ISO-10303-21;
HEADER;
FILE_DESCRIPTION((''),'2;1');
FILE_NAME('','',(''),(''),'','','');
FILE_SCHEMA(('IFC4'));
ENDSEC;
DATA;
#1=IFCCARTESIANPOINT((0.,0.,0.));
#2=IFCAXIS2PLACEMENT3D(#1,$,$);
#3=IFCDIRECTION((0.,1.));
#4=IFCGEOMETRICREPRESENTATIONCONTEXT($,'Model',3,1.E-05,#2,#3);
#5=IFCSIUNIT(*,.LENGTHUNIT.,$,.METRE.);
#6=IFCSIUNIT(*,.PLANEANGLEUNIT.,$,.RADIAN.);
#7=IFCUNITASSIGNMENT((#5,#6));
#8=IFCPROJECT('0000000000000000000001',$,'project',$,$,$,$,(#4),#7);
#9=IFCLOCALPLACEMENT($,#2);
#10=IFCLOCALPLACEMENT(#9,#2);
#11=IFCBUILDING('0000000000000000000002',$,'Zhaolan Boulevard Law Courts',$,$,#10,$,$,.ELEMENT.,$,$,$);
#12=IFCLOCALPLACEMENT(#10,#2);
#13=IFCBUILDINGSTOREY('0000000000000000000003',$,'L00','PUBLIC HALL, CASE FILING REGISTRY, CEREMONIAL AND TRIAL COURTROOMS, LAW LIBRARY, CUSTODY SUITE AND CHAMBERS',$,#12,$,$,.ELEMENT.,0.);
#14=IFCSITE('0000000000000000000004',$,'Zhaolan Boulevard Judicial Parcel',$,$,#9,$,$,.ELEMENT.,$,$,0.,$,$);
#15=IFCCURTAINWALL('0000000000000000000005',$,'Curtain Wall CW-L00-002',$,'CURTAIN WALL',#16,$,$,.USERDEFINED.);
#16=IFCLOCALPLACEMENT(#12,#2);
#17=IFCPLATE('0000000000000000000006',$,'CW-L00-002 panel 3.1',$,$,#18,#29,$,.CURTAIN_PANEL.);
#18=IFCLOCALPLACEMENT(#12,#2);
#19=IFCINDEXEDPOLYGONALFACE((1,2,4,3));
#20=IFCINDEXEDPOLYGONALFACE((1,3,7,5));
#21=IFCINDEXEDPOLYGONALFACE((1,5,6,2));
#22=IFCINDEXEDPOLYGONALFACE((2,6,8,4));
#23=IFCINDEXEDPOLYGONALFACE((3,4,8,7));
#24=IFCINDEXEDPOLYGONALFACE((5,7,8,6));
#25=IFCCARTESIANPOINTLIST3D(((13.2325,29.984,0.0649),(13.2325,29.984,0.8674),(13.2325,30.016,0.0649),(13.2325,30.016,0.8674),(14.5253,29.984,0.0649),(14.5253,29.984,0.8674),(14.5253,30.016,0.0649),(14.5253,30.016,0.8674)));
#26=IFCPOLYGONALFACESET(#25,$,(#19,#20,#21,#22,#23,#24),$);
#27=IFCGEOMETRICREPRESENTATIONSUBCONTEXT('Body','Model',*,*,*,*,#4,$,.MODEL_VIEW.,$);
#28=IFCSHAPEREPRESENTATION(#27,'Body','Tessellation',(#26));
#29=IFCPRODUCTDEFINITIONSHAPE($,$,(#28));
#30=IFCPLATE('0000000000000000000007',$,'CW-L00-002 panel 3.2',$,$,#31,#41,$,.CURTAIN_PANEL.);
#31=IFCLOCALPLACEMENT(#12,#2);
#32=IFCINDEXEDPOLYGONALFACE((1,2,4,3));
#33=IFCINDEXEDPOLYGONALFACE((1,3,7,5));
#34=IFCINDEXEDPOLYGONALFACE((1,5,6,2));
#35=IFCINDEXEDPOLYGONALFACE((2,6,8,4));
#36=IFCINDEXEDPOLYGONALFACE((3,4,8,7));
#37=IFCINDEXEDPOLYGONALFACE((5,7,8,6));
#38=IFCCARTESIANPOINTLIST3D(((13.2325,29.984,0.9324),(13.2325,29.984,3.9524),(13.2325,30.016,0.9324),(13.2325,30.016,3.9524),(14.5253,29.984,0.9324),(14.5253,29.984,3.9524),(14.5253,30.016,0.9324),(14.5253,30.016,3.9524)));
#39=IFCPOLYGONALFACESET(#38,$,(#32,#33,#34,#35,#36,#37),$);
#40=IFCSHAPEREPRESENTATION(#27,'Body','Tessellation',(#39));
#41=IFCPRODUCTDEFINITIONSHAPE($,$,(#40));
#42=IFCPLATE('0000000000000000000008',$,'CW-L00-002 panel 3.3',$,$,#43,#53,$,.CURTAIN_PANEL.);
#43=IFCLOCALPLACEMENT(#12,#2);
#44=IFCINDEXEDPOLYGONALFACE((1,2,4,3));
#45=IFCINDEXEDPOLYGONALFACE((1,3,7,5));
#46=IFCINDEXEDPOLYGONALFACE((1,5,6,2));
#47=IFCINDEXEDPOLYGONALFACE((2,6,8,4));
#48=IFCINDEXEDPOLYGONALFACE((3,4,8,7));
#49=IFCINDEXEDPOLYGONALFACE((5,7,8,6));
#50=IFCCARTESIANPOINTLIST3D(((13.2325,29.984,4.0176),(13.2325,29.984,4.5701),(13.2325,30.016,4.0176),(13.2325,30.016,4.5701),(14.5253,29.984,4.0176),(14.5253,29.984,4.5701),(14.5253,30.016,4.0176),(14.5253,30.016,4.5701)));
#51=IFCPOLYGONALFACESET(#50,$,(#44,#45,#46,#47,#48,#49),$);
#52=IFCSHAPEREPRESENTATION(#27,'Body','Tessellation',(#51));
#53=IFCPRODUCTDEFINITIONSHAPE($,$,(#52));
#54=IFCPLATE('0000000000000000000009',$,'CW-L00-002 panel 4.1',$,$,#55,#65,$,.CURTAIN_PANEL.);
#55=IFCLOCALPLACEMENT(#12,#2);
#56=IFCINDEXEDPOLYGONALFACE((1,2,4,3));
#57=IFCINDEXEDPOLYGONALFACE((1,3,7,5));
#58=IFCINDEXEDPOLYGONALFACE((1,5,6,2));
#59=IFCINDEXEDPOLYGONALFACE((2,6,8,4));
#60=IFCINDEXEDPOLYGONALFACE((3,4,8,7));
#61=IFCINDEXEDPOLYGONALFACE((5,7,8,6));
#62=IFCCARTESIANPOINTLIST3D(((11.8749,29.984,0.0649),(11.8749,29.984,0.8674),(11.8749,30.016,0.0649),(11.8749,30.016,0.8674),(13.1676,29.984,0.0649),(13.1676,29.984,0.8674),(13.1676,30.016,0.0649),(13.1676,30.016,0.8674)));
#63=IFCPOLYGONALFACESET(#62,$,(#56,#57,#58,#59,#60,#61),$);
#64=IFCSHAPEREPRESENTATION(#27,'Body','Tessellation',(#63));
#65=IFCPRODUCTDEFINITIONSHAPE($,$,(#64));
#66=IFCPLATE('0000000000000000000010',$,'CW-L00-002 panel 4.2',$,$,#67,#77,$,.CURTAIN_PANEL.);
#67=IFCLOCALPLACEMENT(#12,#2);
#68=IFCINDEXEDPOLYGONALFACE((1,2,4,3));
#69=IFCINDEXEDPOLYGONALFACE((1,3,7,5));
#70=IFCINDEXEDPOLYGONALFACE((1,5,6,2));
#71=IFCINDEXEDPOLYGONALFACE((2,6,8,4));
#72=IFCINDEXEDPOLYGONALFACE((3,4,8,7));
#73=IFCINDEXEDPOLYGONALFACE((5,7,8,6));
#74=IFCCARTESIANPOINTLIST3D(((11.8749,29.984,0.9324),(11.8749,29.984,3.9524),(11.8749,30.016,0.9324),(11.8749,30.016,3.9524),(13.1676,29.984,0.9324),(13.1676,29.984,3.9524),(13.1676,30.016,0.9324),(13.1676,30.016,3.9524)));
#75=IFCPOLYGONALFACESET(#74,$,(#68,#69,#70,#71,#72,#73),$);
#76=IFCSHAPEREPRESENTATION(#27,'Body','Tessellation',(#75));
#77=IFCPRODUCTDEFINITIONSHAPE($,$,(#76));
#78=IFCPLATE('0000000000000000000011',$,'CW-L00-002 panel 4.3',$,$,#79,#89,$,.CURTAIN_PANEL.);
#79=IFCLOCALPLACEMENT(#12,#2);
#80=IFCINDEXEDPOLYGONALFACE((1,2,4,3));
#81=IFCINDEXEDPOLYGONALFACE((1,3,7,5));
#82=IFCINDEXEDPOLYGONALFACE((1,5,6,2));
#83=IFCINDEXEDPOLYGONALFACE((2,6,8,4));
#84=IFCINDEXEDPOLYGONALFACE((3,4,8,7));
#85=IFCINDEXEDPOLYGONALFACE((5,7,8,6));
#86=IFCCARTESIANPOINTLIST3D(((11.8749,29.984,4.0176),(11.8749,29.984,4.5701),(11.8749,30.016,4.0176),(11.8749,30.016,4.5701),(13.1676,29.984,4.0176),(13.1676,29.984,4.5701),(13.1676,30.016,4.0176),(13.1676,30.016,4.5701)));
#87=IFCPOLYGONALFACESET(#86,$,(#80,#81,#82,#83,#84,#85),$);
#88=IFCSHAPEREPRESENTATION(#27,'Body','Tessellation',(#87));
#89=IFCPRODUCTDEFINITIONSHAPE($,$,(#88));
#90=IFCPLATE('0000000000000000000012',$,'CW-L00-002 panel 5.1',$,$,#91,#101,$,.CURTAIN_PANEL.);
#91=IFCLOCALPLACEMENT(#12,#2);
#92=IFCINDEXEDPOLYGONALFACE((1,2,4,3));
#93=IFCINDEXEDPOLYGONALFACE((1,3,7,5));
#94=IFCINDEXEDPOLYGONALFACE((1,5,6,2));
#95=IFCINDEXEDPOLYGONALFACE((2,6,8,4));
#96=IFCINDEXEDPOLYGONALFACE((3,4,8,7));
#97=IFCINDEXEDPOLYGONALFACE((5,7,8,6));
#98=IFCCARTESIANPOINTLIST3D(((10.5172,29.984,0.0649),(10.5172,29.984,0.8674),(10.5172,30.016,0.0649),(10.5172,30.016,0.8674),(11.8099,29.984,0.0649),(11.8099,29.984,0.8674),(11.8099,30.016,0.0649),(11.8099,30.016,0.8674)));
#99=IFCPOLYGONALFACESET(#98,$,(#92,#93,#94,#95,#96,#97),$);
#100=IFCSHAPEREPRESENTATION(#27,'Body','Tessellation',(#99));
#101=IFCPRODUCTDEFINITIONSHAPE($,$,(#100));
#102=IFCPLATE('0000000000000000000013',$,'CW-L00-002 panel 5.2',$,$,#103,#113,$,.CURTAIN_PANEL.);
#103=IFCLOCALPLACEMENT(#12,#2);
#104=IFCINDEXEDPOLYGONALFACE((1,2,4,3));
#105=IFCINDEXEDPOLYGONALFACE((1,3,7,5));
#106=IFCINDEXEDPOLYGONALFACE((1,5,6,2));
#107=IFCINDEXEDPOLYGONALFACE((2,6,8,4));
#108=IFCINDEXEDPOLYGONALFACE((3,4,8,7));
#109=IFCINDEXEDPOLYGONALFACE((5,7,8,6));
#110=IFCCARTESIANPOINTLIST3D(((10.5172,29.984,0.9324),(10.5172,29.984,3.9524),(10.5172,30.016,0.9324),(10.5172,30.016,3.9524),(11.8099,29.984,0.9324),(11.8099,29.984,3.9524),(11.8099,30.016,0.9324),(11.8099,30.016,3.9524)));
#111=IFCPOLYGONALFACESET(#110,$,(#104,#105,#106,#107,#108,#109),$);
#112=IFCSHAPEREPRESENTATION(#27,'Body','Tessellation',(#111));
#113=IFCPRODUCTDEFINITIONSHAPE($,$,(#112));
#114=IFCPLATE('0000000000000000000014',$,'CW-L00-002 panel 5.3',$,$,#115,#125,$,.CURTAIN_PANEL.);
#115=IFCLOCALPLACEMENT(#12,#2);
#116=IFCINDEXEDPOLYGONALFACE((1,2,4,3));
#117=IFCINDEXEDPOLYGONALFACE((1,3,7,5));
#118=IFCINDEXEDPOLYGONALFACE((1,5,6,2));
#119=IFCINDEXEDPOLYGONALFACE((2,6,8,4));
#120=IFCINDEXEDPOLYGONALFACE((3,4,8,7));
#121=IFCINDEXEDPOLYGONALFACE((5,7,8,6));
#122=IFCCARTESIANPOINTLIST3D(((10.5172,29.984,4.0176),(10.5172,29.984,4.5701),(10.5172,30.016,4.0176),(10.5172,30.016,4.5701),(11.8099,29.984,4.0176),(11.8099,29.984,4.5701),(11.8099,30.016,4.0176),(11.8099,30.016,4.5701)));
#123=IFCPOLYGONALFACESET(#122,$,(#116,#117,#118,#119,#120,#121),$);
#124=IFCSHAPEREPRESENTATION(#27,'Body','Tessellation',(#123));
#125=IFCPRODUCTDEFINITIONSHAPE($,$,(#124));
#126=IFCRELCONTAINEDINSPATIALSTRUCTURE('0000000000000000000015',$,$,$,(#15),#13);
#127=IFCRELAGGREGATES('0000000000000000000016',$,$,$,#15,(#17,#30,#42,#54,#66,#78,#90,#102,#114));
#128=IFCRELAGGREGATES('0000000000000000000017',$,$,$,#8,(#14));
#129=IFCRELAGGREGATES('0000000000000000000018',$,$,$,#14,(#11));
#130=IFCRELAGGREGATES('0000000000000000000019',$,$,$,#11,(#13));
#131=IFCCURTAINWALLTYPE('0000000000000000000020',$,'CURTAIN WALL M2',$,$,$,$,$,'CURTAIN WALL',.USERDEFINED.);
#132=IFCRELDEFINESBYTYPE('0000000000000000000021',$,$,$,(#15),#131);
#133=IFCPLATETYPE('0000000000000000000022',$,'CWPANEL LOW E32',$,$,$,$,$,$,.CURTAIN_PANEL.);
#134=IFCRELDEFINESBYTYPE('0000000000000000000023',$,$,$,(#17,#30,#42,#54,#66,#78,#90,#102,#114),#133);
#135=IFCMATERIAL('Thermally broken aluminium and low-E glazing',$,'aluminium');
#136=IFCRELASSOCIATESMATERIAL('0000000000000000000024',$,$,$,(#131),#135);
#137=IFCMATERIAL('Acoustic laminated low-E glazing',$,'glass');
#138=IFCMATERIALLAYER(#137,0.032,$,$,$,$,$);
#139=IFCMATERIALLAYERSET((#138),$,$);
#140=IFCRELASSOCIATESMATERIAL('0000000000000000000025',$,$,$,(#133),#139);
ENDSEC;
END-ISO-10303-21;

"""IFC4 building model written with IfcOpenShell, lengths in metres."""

from ifc_helpers import new_model, si_unit, direction, frame, origin, origin_2d, place, context, subcontext, project, spatial, rectangle, extrude, material, layer, layer_set, type_object, element, aggregate, save


model = new_model("IFC4")

# Units and contexts
model_context = context("Model", 3, precision=1e-05, world=origin(), true_north=direction((0.0, 1.0)))
body_context = subcontext(model_context, "Body", "Model", "MODEL_VIEW")
ifc_project = project(units=[si_unit("LENGTHUNIT", "METRE"), si_unit("PLANEANGLEUNIT", "RADIAN")], contexts=[model_context])

# Site, building, storey
site_placement = place(None, origin())
site = spatial("IfcSite", under=ifc_project, at=site_placement, Name="Zhaolan Boulevard Judicial Parcel", CompositionType="ELEMENT", RefElevation=0.0)
building_placement = place(site_placement, origin())
building = spatial("IfcBuilding", under=site, at=building_placement, Name="Zhaolan Boulevard Law Courts", CompositionType="ELEMENT")
storey_placement = place(building_placement, origin())
storey = spatial("IfcBuildingStorey", under=building, at=storey_placement, Name="L00", Description="PUBLIC HALL, CASE FILING REGISTRY, CEREMONIAL AND TRIAL COURTROOMS, LAW LIBRARY, CUSTODY SUITE AND CHAMBERS", CompositionType="ELEMENT", Elevation=0.0)

# Curtain wall, plates
ifc_material_1 = material(Name="Thermally broken aluminium and low-E glazing", Category="aluminium")
curtain_wall_type = type_object("IfcCurtainWallType", Name="CURTAIN WALL M2", ElementType="CURTAIN WALL", PredefinedType="USERDEFINED", material=ifc_material_1)
curtain_wall_placement = place(storey_placement, origin())
curtain_wall = element("IfcCurtainWall", 1, at=curtain_wall_placement, inside=storey, type_object=curtain_wall_type, Name="Curtain Wall CW-L00-002", ObjectType="CURTAIN WALL", PredefinedType="USERDEFINED")
ifc_material_2 = material(Name="Acoustic laminated low-E glazing", Category="glass")
ifc_layer = layer(ifc_material_2, 0.032)
ifc_layer_set = layer_set([ifc_layer])
plate_type = type_object("IfcPlateType", Name="CWPANEL LOW E32", PredefinedType="CURTAIN_PANEL", material=ifc_layer_set)
plate_1_placement = place(storey_placement, frame((13.8789, 30.0, 0.0649), z_axis=(0.0, 0.0, 1.0), x_axis=(-1.0, 0.0, 0.0)))
plate_1 = element("IfcPlate", 2, at=plate_1_placement, type_object=plate_type, Name="CW-L00-002 panel 3.1", PredefinedType="CURTAIN_PANEL", context=body_context, shape_type="SweptSolid", body=[
    extrude(rectangle(XDim=1.2927, YDim=0.032, at=origin_2d()), origin(), (0.0, 0.0, 1.0), 0.8025),
])
plate_2_placement = place(storey_placement, frame((13.8789, 30.0, 0.9324), z_axis=(0.0, 0.0, 1.0), x_axis=(-1.0, 0.0, 0.0)))
plate_2 = element("IfcPlate", 3, at=plate_2_placement, type_object=plate_type, Name="CW-L00-002 panel 3.2", PredefinedType="CURTAIN_PANEL", context=body_context, shape_type="SweptSolid", body=[
    extrude(rectangle(XDim=1.2927, YDim=0.032, at=origin_2d()), origin(), (0.0, 0.0, 1.0), 3.02),
])
plate_3_placement = place(storey_placement, frame((13.8789, 30.0, 4.0176), z_axis=(0.0, 0.0, 1.0), x_axis=(-1.0, 0.0, 0.0)))
plate_3 = element("IfcPlate", 4, at=plate_3_placement, type_object=plate_type, Name="CW-L00-002 panel 3.3", PredefinedType="CURTAIN_PANEL", context=body_context, shape_type="SweptSolid", body=[
    extrude(rectangle(XDim=1.2927, YDim=0.032, at=origin_2d()), origin(), (0.0, 0.0, 1.0), 0.5525),
])
plate_4_placement = place(storey_placement, frame((12.5212, 30.0, 0.0649), z_axis=(0.0, 0.0, 1.0), x_axis=(-1.0, 0.0, 0.0)))
plate_4 = element("IfcPlate", 5, at=plate_4_placement, type_object=plate_type, Name="CW-L00-002 panel 4.1", PredefinedType="CURTAIN_PANEL", context=body_context, shape_type="SweptSolid", body=[
    extrude(rectangle(XDim=1.2927, YDim=0.032, at=origin_2d()), origin(), (0.0, 0.0, 1.0), 0.8025),
])
plate_5_placement = place(storey_placement, frame((12.5212, 30.0, 0.9324), z_axis=(0.0, 0.0, 1.0), x_axis=(-1.0, 0.0, 0.0)))
plate_5 = element("IfcPlate", 6, at=plate_5_placement, type_object=plate_type, Name="CW-L00-002 panel 4.2", PredefinedType="CURTAIN_PANEL", context=body_context, shape_type="SweptSolid", body=[
    extrude(rectangle(XDim=1.2927, YDim=0.032, at=origin_2d()), origin(), (0.0, 0.0, 1.0), 3.02),
])
plate_6_placement = place(storey_placement, frame((12.5212, 30.0, 4.0176), z_axis=(0.0, 0.0, 1.0), x_axis=(-1.0, 0.0, 0.0)))
plate_6 = element("IfcPlate", 7, at=plate_6_placement, type_object=plate_type, Name="CW-L00-002 panel 4.3", PredefinedType="CURTAIN_PANEL", context=body_context, shape_type="SweptSolid", body=[
    extrude(rectangle(XDim=1.2927, YDim=0.032, at=origin_2d()), origin(), (0.0, 0.0, 1.0), 0.5525),
])
plate_7_placement = place(storey_placement, frame((11.1636, 30.0, 0.0649), z_axis=(0.0, 0.0, 1.0), x_axis=(-1.0, 0.0, 0.0)))
plate_7 = element("IfcPlate", 8, at=plate_7_placement, type_object=plate_type, Name="CW-L00-002 panel 5.1", PredefinedType="CURTAIN_PANEL", context=body_context, shape_type="SweptSolid", body=[
    extrude(rectangle(XDim=1.2927, YDim=0.032, at=origin_2d()), origin(), (0.0, 0.0, 1.0), 0.8025),
])
plate_8_placement = place(storey_placement, frame((11.1636, 30.0, 0.9324), z_axis=(0.0, 0.0, 1.0), x_axis=(-1.0, 0.0, 0.0)))
plate_8 = element("IfcPlate", 9, at=plate_8_placement, type_object=plate_type, Name="CW-L00-002 panel 5.2", PredefinedType="CURTAIN_PANEL", context=body_context, shape_type="SweptSolid", body=[
    extrude(rectangle(XDim=1.2927, YDim=0.032, at=origin_2d()), origin(), (0.0, 0.0, 1.0), 3.02),
])
plate_9_placement = place(storey_placement, frame((11.1636, 30.0, 4.0176), z_axis=(0.0, 0.0, 1.0), x_axis=(-1.0, 0.0, 0.0)))
plate_9 = element("IfcPlate", 10, at=plate_9_placement, type_object=plate_type, Name="CW-L00-002 panel 5.3", PredefinedType="CURTAIN_PANEL", context=body_context, shape_type="SweptSolid", body=[
    extrude(rectangle(XDim=1.2927, YDim=0.032, at=origin_2d()), origin(), (0.0, 0.0, 1.0), 0.5525),
])
aggregate(curtain_wall, [plate_1, plate_2, plate_3, plate_4, plate_5, plate_6, plate_7, plate_8, plate_9])

save(model, "model.ifc")
